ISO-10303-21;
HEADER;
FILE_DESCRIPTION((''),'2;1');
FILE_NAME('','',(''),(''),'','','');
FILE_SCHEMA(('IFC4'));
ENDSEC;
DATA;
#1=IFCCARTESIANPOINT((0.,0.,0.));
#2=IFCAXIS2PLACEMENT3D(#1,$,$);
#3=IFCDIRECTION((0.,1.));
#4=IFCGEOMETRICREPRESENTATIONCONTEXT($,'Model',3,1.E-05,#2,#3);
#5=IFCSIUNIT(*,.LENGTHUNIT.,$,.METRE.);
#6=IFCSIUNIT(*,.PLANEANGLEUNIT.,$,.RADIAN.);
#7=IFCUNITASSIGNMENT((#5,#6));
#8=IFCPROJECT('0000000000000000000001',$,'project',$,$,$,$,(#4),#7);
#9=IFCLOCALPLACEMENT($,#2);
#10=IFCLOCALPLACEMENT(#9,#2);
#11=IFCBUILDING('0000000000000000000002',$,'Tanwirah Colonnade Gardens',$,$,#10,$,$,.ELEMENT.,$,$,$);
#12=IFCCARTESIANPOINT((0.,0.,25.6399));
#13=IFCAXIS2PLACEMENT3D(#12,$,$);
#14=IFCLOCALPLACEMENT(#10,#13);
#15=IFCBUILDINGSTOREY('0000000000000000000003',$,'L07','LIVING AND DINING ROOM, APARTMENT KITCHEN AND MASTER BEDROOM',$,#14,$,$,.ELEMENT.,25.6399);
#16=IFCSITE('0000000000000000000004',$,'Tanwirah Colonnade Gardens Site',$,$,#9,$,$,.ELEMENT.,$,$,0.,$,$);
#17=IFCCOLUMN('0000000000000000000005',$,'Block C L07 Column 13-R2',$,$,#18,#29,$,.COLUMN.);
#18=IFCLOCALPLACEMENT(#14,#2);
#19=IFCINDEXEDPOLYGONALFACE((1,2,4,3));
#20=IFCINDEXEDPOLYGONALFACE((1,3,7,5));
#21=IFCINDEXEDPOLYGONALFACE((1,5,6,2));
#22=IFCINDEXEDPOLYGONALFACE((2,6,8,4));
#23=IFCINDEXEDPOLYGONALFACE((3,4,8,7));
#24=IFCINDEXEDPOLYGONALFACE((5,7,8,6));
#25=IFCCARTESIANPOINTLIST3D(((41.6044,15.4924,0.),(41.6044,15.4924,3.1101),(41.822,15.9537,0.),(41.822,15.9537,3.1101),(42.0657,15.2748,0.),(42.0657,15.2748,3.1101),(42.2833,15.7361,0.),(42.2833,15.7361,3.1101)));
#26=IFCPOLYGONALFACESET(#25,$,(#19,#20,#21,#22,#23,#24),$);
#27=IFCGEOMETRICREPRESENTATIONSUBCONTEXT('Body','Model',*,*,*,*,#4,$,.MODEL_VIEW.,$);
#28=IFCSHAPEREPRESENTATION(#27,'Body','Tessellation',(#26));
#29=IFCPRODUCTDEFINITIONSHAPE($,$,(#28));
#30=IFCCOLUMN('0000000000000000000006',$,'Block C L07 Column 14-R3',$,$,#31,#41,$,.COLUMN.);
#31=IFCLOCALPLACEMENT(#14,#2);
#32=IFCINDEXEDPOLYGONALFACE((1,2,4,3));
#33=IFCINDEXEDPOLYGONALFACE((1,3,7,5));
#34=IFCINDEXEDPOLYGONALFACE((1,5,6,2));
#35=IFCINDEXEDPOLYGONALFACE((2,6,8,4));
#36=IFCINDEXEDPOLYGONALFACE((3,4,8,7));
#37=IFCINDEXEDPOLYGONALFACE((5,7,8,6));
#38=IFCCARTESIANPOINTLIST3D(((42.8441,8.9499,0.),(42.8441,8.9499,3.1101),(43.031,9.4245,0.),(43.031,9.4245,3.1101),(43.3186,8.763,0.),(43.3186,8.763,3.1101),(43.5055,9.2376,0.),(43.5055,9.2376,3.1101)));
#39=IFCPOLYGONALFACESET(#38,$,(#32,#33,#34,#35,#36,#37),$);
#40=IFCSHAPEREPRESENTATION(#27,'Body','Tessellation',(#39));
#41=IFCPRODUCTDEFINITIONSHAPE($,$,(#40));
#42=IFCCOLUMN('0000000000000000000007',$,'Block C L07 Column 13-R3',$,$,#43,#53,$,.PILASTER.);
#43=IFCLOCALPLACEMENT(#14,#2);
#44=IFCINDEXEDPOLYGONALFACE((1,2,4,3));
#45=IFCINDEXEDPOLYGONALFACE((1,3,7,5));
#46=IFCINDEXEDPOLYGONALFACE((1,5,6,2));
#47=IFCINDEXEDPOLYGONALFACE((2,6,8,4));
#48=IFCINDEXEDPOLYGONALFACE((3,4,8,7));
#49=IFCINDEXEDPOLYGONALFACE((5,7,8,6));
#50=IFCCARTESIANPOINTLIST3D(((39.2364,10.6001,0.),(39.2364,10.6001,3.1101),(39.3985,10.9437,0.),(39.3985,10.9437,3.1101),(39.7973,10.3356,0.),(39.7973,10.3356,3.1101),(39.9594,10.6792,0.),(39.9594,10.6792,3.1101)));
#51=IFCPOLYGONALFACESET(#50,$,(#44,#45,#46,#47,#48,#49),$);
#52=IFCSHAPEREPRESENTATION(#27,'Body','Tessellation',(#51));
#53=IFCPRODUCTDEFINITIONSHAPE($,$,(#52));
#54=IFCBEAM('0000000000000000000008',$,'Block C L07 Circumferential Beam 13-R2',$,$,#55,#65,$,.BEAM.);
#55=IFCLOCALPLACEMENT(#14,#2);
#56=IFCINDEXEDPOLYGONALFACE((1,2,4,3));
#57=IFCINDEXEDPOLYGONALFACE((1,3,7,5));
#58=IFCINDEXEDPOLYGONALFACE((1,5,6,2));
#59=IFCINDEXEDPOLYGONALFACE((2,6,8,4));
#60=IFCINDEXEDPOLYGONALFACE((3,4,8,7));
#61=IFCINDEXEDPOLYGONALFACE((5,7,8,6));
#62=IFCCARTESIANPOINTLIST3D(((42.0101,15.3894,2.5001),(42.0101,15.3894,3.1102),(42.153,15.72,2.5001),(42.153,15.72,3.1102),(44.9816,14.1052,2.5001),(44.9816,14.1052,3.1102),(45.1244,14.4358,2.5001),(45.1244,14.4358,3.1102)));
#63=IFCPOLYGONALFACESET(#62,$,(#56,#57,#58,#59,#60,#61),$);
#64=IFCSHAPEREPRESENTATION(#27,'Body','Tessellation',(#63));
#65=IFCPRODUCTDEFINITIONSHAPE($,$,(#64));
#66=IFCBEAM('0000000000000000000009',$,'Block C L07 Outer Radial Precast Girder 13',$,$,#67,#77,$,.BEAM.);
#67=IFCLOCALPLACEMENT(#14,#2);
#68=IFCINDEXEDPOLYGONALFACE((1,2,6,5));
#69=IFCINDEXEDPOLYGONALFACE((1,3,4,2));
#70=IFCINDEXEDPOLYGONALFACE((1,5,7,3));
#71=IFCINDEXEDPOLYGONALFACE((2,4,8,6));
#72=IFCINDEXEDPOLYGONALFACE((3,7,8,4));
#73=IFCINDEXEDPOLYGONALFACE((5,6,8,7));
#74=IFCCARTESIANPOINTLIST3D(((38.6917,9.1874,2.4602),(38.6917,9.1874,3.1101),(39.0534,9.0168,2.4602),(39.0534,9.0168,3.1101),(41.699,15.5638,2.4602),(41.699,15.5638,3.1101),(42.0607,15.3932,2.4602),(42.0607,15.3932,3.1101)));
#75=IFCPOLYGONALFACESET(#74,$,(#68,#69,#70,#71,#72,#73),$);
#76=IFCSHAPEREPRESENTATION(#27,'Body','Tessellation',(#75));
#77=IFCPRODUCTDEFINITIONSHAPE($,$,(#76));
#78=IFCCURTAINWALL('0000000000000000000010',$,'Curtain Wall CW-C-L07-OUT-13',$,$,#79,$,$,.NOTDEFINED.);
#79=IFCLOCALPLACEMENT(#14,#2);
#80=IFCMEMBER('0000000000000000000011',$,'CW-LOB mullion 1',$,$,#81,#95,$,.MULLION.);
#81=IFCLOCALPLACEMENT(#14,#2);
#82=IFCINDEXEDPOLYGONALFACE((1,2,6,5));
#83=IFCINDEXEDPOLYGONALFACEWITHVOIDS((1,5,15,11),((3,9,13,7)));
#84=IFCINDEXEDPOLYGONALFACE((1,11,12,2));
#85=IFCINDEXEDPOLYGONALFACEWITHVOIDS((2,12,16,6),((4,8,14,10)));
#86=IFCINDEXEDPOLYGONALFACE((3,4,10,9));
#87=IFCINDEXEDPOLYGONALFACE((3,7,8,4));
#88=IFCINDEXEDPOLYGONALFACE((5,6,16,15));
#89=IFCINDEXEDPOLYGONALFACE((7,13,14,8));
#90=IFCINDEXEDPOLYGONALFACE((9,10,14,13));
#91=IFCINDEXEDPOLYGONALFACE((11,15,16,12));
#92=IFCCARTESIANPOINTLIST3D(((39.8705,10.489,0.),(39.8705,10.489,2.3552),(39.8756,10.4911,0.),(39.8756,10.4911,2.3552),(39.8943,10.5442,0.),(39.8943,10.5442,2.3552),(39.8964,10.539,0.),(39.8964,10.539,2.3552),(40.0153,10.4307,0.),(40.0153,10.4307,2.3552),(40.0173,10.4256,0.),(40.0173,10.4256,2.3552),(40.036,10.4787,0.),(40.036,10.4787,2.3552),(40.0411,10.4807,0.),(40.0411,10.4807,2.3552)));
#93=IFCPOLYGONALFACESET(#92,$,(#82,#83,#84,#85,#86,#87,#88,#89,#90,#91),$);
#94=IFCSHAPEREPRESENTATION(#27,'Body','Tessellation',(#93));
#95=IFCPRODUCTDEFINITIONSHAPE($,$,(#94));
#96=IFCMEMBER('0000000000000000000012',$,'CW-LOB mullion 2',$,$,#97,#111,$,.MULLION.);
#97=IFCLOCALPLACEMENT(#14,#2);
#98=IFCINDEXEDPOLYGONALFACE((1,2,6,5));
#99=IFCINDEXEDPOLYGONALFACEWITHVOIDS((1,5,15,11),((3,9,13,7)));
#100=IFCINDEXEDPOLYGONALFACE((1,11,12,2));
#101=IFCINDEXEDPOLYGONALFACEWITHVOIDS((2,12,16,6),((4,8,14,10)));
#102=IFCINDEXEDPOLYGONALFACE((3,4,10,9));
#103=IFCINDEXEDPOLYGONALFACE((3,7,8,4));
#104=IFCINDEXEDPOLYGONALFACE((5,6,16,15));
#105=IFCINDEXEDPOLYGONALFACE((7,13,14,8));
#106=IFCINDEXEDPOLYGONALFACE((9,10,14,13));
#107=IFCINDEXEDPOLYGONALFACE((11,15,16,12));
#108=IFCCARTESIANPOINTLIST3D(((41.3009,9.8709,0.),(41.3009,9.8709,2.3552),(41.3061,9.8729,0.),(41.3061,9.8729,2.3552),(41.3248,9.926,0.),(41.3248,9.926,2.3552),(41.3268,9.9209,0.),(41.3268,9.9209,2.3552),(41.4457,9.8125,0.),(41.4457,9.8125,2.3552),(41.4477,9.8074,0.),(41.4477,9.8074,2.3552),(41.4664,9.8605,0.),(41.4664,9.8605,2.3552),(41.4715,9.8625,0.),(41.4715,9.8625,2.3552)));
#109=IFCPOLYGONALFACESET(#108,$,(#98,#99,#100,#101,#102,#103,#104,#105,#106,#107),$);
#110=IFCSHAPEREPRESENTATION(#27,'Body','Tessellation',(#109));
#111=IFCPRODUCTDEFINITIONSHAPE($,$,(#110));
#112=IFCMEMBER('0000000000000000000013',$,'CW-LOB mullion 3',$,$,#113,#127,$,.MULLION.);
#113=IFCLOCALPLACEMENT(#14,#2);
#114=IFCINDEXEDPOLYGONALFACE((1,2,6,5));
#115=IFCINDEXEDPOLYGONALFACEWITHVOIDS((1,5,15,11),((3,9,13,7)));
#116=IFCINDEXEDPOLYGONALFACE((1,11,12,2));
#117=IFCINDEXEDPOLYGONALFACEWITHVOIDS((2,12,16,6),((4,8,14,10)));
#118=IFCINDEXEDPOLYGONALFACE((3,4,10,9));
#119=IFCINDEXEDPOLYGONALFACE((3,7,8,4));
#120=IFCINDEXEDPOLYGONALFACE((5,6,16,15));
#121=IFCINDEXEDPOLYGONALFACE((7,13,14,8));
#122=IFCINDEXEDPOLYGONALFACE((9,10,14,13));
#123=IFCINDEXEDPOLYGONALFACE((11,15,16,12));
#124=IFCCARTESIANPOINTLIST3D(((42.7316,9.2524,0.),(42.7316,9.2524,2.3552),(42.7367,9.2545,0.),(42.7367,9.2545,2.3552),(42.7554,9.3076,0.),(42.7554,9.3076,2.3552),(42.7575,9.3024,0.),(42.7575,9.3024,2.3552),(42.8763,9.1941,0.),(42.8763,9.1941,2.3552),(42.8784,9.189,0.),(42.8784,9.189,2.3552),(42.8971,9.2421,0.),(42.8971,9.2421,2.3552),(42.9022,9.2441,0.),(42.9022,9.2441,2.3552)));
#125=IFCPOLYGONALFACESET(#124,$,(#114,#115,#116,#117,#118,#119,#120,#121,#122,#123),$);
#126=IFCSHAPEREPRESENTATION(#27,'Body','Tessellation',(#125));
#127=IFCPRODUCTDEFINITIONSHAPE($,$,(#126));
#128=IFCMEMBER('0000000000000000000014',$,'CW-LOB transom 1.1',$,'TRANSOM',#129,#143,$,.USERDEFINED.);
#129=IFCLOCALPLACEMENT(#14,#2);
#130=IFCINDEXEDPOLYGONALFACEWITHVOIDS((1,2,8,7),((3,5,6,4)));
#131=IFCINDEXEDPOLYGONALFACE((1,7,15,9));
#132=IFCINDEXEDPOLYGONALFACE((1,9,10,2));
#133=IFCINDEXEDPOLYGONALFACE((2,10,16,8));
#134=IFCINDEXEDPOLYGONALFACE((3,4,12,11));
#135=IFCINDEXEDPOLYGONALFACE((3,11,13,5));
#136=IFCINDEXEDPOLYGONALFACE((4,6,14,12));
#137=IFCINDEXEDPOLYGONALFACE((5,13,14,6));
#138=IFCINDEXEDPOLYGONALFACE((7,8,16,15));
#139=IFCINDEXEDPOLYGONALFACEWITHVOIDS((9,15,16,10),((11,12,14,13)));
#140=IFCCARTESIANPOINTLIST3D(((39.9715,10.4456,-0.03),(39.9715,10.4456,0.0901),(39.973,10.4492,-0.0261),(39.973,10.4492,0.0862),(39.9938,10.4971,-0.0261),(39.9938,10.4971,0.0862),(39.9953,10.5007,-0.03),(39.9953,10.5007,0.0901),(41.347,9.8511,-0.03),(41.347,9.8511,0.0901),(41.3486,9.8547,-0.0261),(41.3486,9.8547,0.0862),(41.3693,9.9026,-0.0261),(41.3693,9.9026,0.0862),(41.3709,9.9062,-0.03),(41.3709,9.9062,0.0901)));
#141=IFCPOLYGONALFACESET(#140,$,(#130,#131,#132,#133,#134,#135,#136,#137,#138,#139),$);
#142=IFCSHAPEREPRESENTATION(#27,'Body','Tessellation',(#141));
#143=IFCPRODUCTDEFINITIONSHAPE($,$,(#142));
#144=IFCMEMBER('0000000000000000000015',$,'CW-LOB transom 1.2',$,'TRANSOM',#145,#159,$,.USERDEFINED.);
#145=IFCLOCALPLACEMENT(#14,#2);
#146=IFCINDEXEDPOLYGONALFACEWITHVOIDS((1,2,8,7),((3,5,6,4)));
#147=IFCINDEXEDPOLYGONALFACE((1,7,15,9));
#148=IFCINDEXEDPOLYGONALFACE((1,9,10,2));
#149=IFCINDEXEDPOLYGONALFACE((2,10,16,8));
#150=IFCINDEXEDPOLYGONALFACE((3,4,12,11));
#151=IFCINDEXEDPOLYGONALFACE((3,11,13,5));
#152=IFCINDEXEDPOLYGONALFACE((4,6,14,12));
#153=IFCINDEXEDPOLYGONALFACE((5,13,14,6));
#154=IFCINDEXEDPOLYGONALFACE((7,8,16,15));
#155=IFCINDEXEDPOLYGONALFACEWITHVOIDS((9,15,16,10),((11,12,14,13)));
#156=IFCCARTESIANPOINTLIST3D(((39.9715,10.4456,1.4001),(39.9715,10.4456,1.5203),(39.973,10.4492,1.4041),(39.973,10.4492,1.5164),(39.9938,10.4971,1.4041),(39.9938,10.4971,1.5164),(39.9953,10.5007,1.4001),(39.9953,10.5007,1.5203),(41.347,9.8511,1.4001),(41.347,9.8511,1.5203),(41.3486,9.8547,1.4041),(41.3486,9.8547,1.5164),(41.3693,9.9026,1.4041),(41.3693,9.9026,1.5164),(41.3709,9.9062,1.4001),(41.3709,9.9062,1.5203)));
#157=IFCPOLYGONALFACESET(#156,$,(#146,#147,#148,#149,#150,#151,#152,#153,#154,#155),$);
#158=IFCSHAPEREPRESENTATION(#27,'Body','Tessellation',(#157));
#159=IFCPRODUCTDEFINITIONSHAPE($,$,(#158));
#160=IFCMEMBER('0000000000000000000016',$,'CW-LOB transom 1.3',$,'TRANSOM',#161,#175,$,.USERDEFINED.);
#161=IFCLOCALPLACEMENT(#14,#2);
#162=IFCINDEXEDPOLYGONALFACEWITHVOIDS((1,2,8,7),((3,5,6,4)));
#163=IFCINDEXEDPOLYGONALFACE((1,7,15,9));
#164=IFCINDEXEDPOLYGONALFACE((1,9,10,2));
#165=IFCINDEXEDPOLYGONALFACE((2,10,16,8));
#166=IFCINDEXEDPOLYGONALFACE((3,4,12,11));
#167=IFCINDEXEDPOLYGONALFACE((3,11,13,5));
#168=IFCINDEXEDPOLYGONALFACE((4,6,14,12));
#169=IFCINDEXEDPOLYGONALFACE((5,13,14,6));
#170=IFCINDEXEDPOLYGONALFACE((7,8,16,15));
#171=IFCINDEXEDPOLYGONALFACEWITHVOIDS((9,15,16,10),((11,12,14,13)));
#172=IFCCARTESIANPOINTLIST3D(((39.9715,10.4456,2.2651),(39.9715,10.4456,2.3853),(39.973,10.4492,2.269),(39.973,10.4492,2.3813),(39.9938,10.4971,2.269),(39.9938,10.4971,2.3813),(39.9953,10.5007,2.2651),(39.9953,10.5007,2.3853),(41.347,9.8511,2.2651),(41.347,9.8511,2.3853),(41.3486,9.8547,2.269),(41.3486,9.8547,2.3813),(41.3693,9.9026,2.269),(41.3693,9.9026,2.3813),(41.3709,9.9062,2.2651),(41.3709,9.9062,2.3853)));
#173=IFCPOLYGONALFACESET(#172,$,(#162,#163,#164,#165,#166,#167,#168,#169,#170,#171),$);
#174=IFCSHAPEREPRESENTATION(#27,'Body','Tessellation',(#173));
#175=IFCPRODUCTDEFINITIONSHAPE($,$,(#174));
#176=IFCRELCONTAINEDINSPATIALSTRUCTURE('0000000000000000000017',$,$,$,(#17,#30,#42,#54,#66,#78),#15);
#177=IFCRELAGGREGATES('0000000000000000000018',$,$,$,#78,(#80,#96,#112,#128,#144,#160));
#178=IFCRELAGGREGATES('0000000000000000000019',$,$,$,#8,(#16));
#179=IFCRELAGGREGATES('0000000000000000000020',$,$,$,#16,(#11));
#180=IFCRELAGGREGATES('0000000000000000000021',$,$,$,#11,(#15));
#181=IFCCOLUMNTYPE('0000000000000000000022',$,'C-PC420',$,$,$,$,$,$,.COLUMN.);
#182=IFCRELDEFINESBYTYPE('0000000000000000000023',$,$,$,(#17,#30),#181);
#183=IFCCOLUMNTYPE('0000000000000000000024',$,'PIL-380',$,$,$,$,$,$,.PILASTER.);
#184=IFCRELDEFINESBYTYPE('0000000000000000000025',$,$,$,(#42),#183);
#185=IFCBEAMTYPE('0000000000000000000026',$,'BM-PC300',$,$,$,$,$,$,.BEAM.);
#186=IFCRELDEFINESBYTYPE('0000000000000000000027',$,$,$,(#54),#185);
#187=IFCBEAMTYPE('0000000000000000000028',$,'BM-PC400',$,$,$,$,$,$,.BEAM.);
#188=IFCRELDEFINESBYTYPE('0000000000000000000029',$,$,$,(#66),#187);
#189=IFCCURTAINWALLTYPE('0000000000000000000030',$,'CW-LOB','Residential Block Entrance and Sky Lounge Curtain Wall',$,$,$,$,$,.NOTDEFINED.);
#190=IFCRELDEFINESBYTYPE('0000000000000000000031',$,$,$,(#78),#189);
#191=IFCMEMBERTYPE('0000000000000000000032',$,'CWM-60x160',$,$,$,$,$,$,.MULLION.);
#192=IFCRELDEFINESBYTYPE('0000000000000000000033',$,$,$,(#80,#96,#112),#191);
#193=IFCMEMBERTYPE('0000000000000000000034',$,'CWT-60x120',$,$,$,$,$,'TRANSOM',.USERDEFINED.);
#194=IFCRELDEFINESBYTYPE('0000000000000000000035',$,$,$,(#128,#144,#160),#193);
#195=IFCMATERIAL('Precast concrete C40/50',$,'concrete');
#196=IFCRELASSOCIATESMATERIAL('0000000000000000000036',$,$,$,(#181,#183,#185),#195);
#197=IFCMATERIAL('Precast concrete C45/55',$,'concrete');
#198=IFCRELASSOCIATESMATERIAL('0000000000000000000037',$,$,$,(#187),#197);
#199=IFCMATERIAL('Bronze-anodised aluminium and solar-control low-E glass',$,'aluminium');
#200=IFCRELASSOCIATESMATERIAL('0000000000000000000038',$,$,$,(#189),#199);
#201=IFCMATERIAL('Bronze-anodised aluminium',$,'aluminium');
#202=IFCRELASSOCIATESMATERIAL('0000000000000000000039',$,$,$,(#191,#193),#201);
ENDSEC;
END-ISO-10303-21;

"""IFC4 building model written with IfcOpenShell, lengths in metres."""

from ifc_helpers import new_model, si_unit, direction, frame, origin, origin_2d, place, context, subcontext, project, spatial, rectangle, hollow_rectangle, extrude, material, material_profile, profile_set, type_object, element, aggregate, save


model = new_model("IFC4")

# Units and contexts
model_context = context("Model", 3, precision=1e-05, world=origin(), true_north=direction((0.0, 1.0)))
body_context = subcontext(model_context, "Body", "Model", "MODEL_VIEW")
ifc_project = project(units=[si_unit("LENGTHUNIT", "METRE"), si_unit("PLANEANGLEUNIT", "RADIAN")], contexts=[model_context])

# Site, building, storey
site_placement = place(None, origin())
site = spatial("IfcSite", under=ifc_project, at=site_placement, Name="Tanwirah Colonnade Gardens Site", CompositionType="ELEMENT", RefElevation=0.0)
building_placement = place(site_placement, origin())
building = spatial("IfcBuilding", under=site, at=building_placement, Name="Tanwirah Colonnade Gardens", CompositionType="ELEMENT")
storey_placement = place(building_placement, frame((0.0, 0.0, 25.6399)))
storey = spatial("IfcBuildingStorey", under=building, at=storey_placement, Name="L07", Description="LIVING AND DINING ROOM, APARTMENT KITCHEN AND MASTER BEDROOM", CompositionType="ELEMENT", Elevation=25.6399)

# Columns
ifc_material_1 = material(Name="Precast concrete C40/50", Category="concrete")
ifc_material_profile_1 = material_profile(ifc_material_1, rectangle(XDim=0.51, YDim=0.51, at=origin_2d()), Name="PC-COL 510x510")
ifc_profile_set_1 = profile_set([ifc_material_profile_1], Name="Precast concrete C40/50")
column_type_1 = type_object("IfcColumnType", Name="C-PC420", PredefinedType="COLUMN", material=ifc_profile_set_1)
for number, where, z_axis, x_axis, name in (
    (1, (41.9438, 15.6143, 0.0), (0.0, 0.0, 1.0), (-0.426569, -0.904455, 0.0), "Block C L07 Column 13-R2"),
    (2, (43.1748, 9.0938, 0.0), (0.0, 0.0, 1.0), (-0.366501, -0.930418, 0.0), "Block C L07 Column 14-R3"),
):
    element("IfcColumn", number, at=place(storey_placement, frame(where, z_axis=z_axis, x_axis=x_axis)), inside=storey, type_object=column_type_1, Name=name, PredefinedType="COLUMN", context=body_context, shape_type="SweptSolid", body=[
        extrude(rectangle(XDim=0.51, YDim=0.51, at=origin_2d()), origin(), (0.0, 0.0, 1.0), 3.1101),
    ])
ifc_material_profile_2 = material_profile(ifc_material_1, rectangle(XDim=0.3799, YDim=0.6201, at=origin_2d()), Name="PC-PIL 380x620")
ifc_profile_set_2 = profile_set([ifc_material_profile_2], Name="Precast concrete C40/50")
column_type_2 = type_object("IfcColumnType", Name="PIL-380", PredefinedType="PILASTER", material=ifc_profile_set_2)
column_placement = place(storey_placement, frame((39.5979, 10.6396, 0.0), z_axis=(0.0, 0.0, 1.0), x_axis=(-0.426569, -0.904455, 0.0)))
element("IfcColumn", 3, at=column_placement, inside=storey, type_object=column_type_2, Name="Block C L07 Column 13-R3", PredefinedType="PILASTER", context=body_context, shape_type="SweptSolid", body=[
    extrude(rectangle(XDim=0.3799, YDim=0.6201, at=origin_2d()), origin(), (0.0, 0.0, 1.0), 3.1101),
])

# Beams
ifc_material_profile_3 = material_profile(ifc_material_1, rectangle(XDim=0.3601, YDim=0.6101, at=origin_2d()), Name="PC-BM 360x610")
ifc_profile_set_3 = profile_set([ifc_material_profile_3], Name="Precast concrete C40/50")
beam_type_1 = type_object("IfcBeamType", Name="BM-PC300", PredefinedType="BEAM", material=ifc_profile_set_3)
beam_1_placement = place(storey_placement, frame((42.0815, 15.5547, 2.8052), z_axis=(0.917943, -0.396712, 0.0), x_axis=(0.396712, 0.917943, 0.0)))
element("IfcBeam", 4, at=beam_1_placement, inside=storey, type_object=beam_type_1, Name="Block C L07 Circumferential Beam 13-R2", PredefinedType="BEAM", context=body_context, shape_type="SweptSolid", body=[
    extrude(rectangle(XDim=0.3601, YDim=0.6101, at=origin_2d()), origin(), (0.0, 0.0, 1.0), 3.2371),
])
ifc_material_2 = material(Name="Precast concrete C45/55", Category="concrete")
ifc_material_profile_4 = material_profile(ifc_material_2, rectangle(XDim=0.3999, YDim=0.6499, at=origin_2d()), Name="PC-BM 400x650")
ifc_profile_set_4 = profile_set([ifc_material_profile_4], Name="Precast concrete C45/55")
beam_type_2 = type_object("IfcBeamType", Name="BM-PC400", PredefinedType="BEAM", material=ifc_profile_set_4)
beam_2_placement = place(storey_placement, frame((41.8799, 15.4785, 2.7852), z_axis=(-0.426567, -0.904456, 0.0), x_axis=(0.904456, -0.426567, 0.0)))
element("IfcBeam", 5, at=beam_2_placement, inside=storey, type_object=beam_type_2, Name="Block C L07 Outer Radial Precast Girder 13", PredefinedType="BEAM", context=body_context, shape_type="SweptSolid", body=[
    extrude(rectangle(XDim=0.3999, YDim=0.6499, at=origin_2d()), origin(), (0.0, 0.0, 1.0), 7.05),
])

# Curtain wall, members
ifc_material_3 = material(Name="Bronze-anodised aluminium and solar-control low-E glass", Category="aluminium")
curtain_wall_type = type_object("IfcCurtainWallType", Name="CW-LOB", Description="Residential Block Entrance and Sky Lounge Curtain Wall", PredefinedType="NOTDEFINED", material=ifc_material_3)
curtain_wall_placement = place(storey_placement, origin())
curtain_wall = element("IfcCurtainWall", 6, at=curtain_wall_placement, inside=storey, type_object=curtain_wall_type, Name="Curtain Wall CW-C-L07-OUT-13", PredefinedType="NOTDEFINED")
ifc_material_4 = material(Name="Bronze-anodised aluminium", Category="aluminium")
ifc_material_profile_5 = material_profile(ifc_material_4, hollow_rectangle(XDim=0.0601, YDim=0.1599, WallThickness=0.0039, at=origin_2d()), Name="CW-MUL 60x160x4")
ifc_profile_set_5 = profile_set([ifc_material_profile_5], Name="Bronze-anodised aluminium")
member_type_1 = type_object("IfcMemberType", Name="CWM-60x160", PredefinedType="MULLION", material=ifc_profile_set_5)
member_1_placement = place(storey_placement, frame((39.9558, 10.4849, 0.0), z_axis=(0.0, 0.0, 1.0), x_axis=(0.396749, 0.917927, 0.0)))
member_1 = element("IfcMember", 7, at=member_1_placement, type_object=member_type_1, Name="CW-LOB mullion 1", PredefinedType="MULLION", context=body_context, shape_type="SweptSolid", body=[
    extrude(hollow_rectangle(XDim=0.0601, YDim=0.1599, WallThickness=0.0039, at=origin_2d()), origin(), (0.0, 0.0, 1.0), 2.3552),
])
member_2_placement = place(storey_placement, frame((41.3862, 9.8667, 0.0), z_axis=(0.0, 0.0, 1.0), x_axis=(0.396749, 0.917927, 0.0)))
member_2 = element("IfcMember", 8, at=member_2_placement, type_object=member_type_1, Name="CW-LOB mullion 2", PredefinedType="MULLION", context=body_context, shape_type="SweptSolid", body=[
    extrude(hollow_rectangle(XDim=0.0601, YDim=0.1599, WallThickness=0.0039, at=origin_2d()), origin(), (0.0, 0.0, 1.0), 2.3552),
])
member_3_placement = place(storey_placement, frame((42.8169, 9.2483, 0.0), z_axis=(0.0, 0.0, 1.0), x_axis=(0.396749, 0.917927, 0.0)))
member_3 = element("IfcMember", 9, at=member_3_placement, type_object=member_type_1, Name="CW-LOB mullion 3", PredefinedType="MULLION", context=body_context, shape_type="SweptSolid", body=[
    extrude(hollow_rectangle(XDim=0.0601, YDim=0.1599, WallThickness=0.0039, at=origin_2d()), origin(), (0.0, 0.0, 1.0), 2.3552),
])
ifc_material_profile_6 = material_profile(ifc_material_4, hollow_rectangle(XDim=0.0601, YDim=0.1201, WallThickness=0.0039, at=origin_2d()), Name="CW-TRN 60x120x4")
ifc_profile_set_6 = profile_set([ifc_material_profile_6], Name="Bronze-anodised aluminium")
member_type_2 = type_object("IfcMemberType", Name="CWT-60x120", ElementType="TRANSOM", PredefinedType="USERDEFINED", material=ifc_profile_set_6)
member_4_placement = place(storey_placement, frame((39.9834, 10.4731, 0.03), z_axis=(0.917936, -0.396729, 0.0), x_axis=(0.396729, 0.917936, 0.0)))
member_4 = element("IfcMember", 10, at=member_4_placement, type_object=member_type_2, Name="CW-LOB transom 1.1", ObjectType="TRANSOM", PredefinedType="USERDEFINED", context=body_context, shape_type="SweptSolid", body=[
    extrude(hollow_rectangle(XDim=0.0601, YDim=0.1201, WallThickness=0.0039, at=origin_2d()), origin(), (0.0, 0.0, 1.0), 1.4985),
])
member_5_placement = place(storey_placement, frame((39.9834, 10.4731, 1.4602), z_axis=(0.917936, -0.396729, 0.0), x_axis=(0.396729, 0.917936, 0.0)))
member_5 = element("IfcMember", 11, at=member_5_placement, type_object=member_type_2, Name="CW-LOB transom 1.2", ObjectType="TRANSOM", PredefinedType="USERDEFINED", context=body_context, shape_type="SweptSolid", body=[
    extrude(hollow_rectangle(XDim=0.0601, YDim=0.1201, WallThickness=0.0039, at=origin_2d()), origin(), (0.0, 0.0, 1.0), 1.4985),
])
member_6_placement = place(storey_placement, frame((39.9834, 10.4731, 2.3252), z_axis=(0.917936, -0.396729, 0.0), x_axis=(0.396729, 0.917936, 0.0)))
member_6 = element("IfcMember", 12, at=member_6_placement, type_object=member_type_2, Name="CW-LOB transom 1.3", ObjectType="TRANSOM", PredefinedType="USERDEFINED", context=body_context, shape_type="SweptSolid", body=[
    extrude(hollow_rectangle(XDim=0.0601, YDim=0.1201, WallThickness=0.0039, at=origin_2d()), origin(), (0.0, 0.0, 1.0), 1.4985),
])

aggregate(curtain_wall, [member_1, member_2, member_3, member_4, member_5, member_6])

save(model, "model.ifc")
